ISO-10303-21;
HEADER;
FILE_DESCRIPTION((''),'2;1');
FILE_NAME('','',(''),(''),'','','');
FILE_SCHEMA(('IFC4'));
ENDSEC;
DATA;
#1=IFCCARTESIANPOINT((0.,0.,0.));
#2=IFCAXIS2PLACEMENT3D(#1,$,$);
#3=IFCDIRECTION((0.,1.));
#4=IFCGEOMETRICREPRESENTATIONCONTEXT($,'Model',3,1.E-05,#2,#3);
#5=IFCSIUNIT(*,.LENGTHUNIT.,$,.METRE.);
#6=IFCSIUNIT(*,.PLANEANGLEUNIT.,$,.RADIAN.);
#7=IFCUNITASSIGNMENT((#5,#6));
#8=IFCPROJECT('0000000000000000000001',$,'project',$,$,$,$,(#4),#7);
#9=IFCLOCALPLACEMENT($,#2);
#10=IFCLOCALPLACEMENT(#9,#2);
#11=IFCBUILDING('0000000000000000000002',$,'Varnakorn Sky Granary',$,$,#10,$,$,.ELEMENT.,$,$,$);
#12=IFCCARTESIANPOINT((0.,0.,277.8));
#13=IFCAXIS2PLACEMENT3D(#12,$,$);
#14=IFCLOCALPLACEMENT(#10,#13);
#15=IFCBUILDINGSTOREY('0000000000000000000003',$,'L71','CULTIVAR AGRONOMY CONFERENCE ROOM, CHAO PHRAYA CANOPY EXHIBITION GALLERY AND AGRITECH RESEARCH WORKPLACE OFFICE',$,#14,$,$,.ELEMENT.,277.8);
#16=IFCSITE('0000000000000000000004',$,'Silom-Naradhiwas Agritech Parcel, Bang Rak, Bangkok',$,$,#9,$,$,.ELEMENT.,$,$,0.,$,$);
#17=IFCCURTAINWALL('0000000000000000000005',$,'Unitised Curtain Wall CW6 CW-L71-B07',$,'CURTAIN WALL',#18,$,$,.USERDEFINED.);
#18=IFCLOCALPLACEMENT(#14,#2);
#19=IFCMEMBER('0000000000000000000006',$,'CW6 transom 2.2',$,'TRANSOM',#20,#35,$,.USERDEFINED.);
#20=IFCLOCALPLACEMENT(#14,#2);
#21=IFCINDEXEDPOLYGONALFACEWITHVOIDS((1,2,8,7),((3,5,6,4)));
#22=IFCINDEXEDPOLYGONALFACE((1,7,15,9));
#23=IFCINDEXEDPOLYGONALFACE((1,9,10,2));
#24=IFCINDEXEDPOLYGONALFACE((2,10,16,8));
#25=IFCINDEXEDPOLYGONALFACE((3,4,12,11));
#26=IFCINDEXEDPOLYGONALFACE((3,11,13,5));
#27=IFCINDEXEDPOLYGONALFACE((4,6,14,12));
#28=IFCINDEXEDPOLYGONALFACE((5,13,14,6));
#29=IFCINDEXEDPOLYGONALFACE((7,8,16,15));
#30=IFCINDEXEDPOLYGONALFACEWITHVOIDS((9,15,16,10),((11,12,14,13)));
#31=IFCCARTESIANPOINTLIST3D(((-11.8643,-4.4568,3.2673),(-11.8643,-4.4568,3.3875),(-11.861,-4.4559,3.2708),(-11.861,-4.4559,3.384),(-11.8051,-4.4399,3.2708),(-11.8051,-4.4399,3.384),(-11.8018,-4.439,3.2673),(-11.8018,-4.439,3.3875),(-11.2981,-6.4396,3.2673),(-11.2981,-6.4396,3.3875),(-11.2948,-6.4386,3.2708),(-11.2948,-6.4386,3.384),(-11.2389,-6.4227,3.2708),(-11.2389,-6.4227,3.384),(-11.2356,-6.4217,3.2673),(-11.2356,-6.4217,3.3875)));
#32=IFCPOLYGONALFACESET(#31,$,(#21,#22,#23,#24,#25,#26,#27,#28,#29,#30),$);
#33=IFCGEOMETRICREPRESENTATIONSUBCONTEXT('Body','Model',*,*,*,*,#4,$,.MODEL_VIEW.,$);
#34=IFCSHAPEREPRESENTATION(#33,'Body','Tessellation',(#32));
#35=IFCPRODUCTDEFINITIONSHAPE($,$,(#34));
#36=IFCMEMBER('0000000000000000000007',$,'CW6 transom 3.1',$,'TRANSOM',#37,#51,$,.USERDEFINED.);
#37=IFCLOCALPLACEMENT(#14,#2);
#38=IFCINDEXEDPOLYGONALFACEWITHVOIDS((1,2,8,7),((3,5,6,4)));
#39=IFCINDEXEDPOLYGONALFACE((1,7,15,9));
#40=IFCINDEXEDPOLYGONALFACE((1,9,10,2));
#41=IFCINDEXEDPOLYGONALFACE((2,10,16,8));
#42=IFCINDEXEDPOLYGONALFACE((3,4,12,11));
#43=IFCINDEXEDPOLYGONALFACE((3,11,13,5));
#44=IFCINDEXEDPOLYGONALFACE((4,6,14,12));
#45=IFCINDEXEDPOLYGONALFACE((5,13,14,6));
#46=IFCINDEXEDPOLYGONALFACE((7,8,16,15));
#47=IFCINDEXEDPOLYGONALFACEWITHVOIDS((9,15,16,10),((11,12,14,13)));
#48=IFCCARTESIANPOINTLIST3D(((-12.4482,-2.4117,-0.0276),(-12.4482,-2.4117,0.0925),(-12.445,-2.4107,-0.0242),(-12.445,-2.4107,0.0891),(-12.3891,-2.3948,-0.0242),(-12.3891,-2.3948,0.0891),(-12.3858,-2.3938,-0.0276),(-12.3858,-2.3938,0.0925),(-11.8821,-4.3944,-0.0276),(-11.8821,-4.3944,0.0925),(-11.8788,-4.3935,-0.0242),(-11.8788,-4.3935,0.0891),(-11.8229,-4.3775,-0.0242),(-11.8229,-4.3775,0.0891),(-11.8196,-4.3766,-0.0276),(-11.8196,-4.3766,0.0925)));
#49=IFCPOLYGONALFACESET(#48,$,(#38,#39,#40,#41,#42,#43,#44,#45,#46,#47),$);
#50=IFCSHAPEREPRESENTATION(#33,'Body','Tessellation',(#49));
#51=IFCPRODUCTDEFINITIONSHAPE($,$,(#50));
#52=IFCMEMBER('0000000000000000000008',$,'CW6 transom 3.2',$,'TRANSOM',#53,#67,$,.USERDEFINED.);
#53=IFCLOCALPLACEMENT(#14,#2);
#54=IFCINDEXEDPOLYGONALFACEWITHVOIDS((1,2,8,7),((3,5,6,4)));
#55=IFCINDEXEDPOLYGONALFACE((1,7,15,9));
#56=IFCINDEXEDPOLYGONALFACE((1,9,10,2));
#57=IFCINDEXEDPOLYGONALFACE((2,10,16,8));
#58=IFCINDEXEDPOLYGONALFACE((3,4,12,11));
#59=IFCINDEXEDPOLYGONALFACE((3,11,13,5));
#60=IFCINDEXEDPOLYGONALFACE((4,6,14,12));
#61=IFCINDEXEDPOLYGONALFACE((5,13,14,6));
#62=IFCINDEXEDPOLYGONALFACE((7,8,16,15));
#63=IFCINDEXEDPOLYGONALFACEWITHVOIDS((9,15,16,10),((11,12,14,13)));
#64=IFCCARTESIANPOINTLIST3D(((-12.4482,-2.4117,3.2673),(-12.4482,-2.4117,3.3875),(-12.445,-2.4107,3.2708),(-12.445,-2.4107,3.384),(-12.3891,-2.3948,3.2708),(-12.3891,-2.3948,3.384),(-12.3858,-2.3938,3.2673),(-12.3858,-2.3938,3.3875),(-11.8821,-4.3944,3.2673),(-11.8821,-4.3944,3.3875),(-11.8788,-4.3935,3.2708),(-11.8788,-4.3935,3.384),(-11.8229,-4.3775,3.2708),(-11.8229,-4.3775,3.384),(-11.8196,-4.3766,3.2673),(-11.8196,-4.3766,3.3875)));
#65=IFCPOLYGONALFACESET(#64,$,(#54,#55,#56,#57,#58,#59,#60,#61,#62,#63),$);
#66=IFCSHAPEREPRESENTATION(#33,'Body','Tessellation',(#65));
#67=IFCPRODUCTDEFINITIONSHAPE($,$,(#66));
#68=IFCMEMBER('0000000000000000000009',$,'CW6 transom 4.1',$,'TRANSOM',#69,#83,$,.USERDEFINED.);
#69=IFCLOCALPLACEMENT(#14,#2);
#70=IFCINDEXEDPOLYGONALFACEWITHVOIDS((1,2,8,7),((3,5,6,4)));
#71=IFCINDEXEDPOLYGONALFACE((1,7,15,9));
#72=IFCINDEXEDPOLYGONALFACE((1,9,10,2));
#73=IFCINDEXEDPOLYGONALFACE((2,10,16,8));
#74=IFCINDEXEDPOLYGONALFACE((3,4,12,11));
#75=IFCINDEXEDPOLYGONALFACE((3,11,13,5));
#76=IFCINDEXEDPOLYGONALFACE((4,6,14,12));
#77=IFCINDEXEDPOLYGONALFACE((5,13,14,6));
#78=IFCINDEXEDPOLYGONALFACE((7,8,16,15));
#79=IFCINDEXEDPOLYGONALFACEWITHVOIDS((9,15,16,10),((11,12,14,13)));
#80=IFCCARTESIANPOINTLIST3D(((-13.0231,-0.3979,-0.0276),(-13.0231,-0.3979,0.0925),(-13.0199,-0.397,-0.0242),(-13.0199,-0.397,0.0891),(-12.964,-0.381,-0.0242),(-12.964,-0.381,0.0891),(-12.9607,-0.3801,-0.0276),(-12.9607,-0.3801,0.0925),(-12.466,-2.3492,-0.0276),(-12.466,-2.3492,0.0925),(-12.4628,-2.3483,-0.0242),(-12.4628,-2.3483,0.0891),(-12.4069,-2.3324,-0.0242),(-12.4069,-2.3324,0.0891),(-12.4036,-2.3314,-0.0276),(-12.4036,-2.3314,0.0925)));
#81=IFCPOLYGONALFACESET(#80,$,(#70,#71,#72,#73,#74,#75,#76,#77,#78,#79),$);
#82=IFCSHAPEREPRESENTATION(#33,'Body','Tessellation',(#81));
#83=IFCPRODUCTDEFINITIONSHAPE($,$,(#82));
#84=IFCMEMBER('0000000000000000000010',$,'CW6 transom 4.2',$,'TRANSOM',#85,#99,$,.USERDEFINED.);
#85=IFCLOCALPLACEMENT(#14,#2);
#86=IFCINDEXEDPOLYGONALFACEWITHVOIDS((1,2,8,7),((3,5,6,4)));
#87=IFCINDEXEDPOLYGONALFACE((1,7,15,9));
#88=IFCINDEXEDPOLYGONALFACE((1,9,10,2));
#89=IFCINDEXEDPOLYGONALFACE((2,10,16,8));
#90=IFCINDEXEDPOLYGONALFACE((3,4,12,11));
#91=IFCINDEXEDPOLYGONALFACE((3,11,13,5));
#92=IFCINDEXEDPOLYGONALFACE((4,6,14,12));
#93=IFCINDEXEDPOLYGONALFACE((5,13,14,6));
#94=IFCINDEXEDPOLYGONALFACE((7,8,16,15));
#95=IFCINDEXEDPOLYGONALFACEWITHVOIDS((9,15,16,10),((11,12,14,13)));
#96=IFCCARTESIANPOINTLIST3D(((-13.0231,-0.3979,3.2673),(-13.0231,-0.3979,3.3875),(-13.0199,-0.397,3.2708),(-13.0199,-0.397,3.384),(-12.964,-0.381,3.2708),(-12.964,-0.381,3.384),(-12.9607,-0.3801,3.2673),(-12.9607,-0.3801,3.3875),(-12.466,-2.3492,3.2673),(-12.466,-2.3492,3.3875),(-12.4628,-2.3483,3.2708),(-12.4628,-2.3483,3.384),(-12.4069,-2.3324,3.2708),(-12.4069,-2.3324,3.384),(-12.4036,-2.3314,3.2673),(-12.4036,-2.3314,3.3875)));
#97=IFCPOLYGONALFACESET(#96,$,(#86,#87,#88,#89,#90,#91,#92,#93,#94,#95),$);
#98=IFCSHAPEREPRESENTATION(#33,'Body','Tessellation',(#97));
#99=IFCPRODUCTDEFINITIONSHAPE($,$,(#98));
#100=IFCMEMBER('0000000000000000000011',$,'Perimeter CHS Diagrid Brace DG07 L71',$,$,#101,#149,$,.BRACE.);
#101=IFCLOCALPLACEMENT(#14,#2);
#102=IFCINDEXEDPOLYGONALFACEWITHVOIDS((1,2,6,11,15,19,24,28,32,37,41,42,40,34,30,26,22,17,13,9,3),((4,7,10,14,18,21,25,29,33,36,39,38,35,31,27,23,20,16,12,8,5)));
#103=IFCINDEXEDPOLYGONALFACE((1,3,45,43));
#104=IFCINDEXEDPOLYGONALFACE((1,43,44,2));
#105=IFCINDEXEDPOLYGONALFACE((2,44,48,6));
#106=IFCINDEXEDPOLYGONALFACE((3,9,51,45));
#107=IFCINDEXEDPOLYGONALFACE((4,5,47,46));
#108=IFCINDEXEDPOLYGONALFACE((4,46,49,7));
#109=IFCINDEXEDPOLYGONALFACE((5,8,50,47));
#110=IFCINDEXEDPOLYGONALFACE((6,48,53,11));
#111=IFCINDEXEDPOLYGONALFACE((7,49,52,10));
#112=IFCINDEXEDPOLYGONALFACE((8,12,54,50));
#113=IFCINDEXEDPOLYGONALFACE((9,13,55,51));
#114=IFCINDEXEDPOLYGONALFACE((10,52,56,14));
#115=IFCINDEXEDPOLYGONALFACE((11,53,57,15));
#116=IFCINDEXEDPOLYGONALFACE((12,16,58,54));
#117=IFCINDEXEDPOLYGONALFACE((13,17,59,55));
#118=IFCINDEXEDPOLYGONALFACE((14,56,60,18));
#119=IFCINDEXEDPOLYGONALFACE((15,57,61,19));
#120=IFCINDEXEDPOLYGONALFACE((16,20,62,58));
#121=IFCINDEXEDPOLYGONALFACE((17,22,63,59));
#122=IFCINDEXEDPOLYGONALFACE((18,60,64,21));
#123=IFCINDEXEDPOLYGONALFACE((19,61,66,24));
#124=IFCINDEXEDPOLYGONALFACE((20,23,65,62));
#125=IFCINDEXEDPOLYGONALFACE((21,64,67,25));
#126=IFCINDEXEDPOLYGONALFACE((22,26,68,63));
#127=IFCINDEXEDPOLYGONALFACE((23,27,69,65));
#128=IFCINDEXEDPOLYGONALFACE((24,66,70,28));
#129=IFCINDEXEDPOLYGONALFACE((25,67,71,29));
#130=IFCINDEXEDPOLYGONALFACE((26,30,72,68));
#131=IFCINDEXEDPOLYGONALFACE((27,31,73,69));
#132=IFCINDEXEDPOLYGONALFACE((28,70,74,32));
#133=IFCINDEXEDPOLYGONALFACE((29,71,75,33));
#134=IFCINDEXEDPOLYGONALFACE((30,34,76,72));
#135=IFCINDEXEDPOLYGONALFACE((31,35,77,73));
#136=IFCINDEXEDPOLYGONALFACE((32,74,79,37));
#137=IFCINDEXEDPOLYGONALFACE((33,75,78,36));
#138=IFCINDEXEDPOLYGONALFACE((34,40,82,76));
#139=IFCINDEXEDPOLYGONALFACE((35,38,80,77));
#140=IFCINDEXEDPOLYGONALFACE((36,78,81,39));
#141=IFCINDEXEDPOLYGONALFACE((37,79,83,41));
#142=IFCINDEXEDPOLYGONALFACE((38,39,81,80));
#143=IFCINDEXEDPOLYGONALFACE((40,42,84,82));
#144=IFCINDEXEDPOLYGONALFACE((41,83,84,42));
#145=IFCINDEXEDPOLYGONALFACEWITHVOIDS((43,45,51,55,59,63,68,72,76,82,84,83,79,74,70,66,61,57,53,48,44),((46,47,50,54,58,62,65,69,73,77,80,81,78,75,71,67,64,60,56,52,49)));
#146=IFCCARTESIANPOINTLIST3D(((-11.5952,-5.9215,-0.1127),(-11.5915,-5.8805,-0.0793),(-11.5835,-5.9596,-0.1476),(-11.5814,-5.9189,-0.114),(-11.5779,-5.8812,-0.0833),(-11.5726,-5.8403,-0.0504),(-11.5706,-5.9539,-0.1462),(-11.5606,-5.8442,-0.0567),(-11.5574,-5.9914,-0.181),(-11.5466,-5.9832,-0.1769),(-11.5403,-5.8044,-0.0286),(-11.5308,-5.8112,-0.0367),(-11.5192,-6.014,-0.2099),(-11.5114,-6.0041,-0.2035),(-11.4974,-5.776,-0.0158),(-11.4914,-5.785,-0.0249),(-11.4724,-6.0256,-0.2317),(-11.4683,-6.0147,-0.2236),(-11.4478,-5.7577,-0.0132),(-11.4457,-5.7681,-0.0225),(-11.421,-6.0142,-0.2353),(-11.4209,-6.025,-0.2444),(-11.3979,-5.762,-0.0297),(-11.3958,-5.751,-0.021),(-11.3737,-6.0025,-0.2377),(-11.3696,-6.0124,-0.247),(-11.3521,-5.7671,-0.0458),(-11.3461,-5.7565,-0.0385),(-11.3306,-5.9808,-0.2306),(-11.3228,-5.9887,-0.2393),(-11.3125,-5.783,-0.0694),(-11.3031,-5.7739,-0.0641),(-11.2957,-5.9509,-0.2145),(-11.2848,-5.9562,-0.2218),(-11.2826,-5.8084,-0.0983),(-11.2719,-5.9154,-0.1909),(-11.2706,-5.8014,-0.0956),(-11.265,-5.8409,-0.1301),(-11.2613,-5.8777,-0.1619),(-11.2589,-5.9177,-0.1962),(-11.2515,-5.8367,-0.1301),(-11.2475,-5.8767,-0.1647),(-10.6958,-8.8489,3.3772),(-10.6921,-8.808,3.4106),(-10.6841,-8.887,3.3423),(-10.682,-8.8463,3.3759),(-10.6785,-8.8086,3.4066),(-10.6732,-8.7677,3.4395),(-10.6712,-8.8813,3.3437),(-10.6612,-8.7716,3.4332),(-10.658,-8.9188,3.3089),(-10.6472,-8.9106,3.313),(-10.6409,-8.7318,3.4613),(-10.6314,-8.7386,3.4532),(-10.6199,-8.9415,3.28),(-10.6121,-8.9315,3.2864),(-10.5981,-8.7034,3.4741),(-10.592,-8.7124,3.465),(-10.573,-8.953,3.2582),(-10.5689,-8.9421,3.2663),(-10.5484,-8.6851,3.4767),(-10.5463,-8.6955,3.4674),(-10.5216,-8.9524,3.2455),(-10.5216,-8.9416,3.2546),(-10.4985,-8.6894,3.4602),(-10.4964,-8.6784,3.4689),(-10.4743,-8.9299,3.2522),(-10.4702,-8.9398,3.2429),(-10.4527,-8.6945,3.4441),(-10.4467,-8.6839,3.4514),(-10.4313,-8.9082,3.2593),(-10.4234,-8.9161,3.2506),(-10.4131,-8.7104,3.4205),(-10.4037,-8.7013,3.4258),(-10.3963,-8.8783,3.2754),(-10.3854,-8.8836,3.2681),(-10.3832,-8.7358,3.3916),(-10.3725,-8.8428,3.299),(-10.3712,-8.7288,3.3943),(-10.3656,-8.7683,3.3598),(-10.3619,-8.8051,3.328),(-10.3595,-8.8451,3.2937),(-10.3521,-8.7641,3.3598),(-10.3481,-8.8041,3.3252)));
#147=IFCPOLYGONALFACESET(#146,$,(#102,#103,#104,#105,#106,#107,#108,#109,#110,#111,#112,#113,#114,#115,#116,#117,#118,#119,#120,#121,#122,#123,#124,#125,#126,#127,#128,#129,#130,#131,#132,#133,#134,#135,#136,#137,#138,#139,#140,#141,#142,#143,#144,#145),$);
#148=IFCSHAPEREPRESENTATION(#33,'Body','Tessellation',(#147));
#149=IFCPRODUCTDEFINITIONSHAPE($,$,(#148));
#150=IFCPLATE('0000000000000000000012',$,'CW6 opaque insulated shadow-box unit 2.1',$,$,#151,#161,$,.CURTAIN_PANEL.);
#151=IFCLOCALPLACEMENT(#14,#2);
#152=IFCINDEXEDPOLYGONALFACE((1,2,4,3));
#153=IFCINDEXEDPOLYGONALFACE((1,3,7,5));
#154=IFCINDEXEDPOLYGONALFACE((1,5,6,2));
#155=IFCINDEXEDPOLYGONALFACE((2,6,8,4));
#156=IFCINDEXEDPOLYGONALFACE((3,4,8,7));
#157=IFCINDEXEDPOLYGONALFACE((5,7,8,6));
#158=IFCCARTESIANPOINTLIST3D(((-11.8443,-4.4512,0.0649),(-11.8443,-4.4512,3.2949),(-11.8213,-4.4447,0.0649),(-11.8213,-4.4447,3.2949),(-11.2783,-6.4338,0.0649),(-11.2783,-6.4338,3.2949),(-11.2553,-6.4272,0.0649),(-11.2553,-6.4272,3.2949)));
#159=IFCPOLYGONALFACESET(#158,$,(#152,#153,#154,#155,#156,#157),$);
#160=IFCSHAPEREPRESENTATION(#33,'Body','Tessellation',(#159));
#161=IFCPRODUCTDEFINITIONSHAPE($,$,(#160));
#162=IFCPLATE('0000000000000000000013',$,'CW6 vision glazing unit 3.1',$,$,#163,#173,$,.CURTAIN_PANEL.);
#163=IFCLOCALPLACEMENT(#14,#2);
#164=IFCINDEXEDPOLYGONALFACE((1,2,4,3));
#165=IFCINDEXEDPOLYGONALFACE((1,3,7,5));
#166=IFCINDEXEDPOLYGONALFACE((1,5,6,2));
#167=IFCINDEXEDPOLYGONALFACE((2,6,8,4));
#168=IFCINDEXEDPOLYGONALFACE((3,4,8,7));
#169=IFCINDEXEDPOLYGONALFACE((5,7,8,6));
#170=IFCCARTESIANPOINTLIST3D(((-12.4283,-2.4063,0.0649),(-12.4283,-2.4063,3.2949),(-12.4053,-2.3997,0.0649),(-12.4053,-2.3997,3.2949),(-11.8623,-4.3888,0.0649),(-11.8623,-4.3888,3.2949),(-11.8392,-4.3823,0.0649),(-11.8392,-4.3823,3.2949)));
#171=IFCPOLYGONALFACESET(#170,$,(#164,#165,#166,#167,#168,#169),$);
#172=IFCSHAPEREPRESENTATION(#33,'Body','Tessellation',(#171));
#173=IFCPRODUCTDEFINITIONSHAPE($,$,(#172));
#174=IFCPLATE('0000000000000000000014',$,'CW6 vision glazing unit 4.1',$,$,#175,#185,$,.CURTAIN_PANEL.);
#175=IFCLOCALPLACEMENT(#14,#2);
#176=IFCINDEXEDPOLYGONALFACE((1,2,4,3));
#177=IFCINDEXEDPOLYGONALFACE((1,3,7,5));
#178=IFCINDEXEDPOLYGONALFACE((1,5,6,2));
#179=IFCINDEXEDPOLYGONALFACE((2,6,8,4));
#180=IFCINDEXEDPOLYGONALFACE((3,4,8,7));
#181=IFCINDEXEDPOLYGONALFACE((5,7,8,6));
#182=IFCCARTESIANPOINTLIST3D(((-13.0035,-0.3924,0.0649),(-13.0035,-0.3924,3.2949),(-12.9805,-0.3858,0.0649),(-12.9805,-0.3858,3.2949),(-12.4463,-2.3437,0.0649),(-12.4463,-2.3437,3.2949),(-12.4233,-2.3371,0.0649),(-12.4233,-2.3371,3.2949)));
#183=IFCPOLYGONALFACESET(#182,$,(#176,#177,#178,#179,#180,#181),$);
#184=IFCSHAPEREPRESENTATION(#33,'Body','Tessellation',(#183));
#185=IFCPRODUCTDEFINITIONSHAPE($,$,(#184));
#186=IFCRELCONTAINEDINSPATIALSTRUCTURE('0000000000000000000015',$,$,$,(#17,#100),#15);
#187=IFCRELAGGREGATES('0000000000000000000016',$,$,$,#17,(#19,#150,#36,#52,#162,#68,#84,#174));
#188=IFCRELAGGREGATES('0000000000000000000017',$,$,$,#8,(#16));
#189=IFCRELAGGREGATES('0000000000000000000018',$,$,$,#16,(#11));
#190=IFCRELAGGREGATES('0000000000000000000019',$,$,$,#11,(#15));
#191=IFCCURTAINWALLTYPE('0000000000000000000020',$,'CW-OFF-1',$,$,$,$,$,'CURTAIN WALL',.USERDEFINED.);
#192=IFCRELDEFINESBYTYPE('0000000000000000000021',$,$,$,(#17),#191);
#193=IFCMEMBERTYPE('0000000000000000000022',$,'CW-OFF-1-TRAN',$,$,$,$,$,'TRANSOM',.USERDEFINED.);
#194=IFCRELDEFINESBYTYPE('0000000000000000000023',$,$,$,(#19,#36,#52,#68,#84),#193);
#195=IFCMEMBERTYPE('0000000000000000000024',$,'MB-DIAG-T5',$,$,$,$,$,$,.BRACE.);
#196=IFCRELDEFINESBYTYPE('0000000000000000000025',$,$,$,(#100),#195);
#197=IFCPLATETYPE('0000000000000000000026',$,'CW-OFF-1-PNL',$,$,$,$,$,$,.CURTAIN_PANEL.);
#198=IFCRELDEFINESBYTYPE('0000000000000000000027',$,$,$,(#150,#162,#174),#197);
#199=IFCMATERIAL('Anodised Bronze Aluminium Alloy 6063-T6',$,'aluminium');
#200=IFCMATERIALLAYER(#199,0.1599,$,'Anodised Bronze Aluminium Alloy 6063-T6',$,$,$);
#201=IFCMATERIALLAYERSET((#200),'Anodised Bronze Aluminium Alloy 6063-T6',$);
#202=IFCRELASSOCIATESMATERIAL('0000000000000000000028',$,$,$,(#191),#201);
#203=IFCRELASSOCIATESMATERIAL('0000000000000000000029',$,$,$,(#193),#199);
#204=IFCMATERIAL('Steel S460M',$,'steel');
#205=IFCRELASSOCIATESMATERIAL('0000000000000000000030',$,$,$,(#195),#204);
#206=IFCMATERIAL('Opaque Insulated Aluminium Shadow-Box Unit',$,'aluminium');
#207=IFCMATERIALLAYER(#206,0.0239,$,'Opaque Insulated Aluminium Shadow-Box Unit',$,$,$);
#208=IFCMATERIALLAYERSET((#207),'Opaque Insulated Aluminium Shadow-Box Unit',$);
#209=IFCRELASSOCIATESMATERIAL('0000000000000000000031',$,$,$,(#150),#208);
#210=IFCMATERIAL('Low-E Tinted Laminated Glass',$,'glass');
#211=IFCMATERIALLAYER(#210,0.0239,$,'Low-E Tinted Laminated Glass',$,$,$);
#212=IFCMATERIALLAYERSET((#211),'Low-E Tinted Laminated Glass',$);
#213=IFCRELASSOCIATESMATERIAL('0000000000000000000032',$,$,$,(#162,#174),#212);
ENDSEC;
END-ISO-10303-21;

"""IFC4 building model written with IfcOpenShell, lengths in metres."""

from ifc_helpers import new_model, si_unit, direction, frame, origin, origin_2d, place, context, subcontext, project, spatial, rectangle, hollow_rectangle, hollow_circle, extrude, source, transform, mapped, material, layer, layer_set, material_profile, profile_set, type_object, type_shapes, element, aggregate, save


model = new_model("IFC4")

# Units and contexts
model_context = context("Model", 3, precision=1e-05, world=origin(), true_north=direction((0.0, 1.0)))
body_context = subcontext(model_context, "Body", "Model", "MODEL_VIEW")
ifc_project = project(units=[si_unit("LENGTHUNIT", "METRE"), si_unit("PLANEANGLEUNIT", "RADIAN")], contexts=[model_context])

# Site, building, storey
site_placement = place(None, origin())
site = spatial("IfcSite", under=ifc_project, at=site_placement, Name="Silom-Naradhiwas Agritech Parcel, Bang Rak, Bangkok", CompositionType="ELEMENT", RefElevation=0.0)
building_placement = place(site_placement, origin())
building = spatial("IfcBuilding", under=site, at=building_placement, Name="Varnakorn Sky Granary", CompositionType="ELEMENT")
storey_placement = place(building_placement, frame((0.0, 0.0, 277.8)))
storey = spatial("IfcBuildingStorey", under=building, at=storey_placement, Name="L71", Description="CULTIVAR AGRONOMY CONFERENCE ROOM, CHAO PHRAYA CANOPY EXHIBITION GALLERY AND AGRITECH RESEARCH WORKPLACE OFFICE", CompositionType="ELEMENT", Elevation=277.8)

# Shared definitions
ifc_material_1 = material(Name="Steel S460M", Category="steel")

# Curtain wall, members
ifc_material_2 = material(Name="Anodised Bronze Aluminium Alloy 6063-T6", Category="aluminium")
ifc_layer_1 = layer(ifc_material_2, 0.1599, Name="Anodised Bronze Aluminium Alloy 6063-T6")
ifc_layer_set_1 = layer_set([ifc_layer_1], Name="Anodised Bronze Aluminium Alloy 6063-T6")
curtain_wall_type = type_object("IfcCurtainWallType", Name="CW-OFF-1", ElementType="CURTAIN WALL", PredefinedType="USERDEFINED", material=ifc_layer_set_1)
curtain_wall_placement = place(storey_placement, origin())
curtain_wall = element("IfcCurtainWall", 1, at=curtain_wall_placement, inside=storey, type_object=curtain_wall_type, Name="Unitised Curtain Wall CW6 CW-L71-B07", ObjectType="CURTAIN WALL", PredefinedType="USERDEFINED")
ifc_material_profile_1 = material_profile(ifc_material_2, hollow_rectangle(XDim=0.0649, YDim=0.1201, WallThickness=0.0034, at=origin_2d()), Name="ALU TRAN 65x120")
ifc_profile_set_1 = profile_set([ifc_material_profile_1], Name="Anodised Bronze Aluminium Alloy 6063-T6")
member_type_1 = type_object("IfcMemberType", Name="CW-OFF-1-TRAN", ElementType="TRANSOM", PredefinedType="USERDEFINED", material=ifc_profile_set_1)
member_1_placement = place(storey_placement, frame((-11.2668, -6.4307, 3.3274), z_axis=(-0.27458, 0.961564, 0.0), x_axis=(-0.961564, -0.27458, 0.0)))
member_1 = element("IfcMember", 2, at=member_1_placement, type_object=member_type_1, Name="CW6 transom 2.2", ObjectType="TRANSOM", PredefinedType="USERDEFINED", context=body_context, shape_type="SweptSolid", body=[
    extrude(hollow_rectangle(XDim=0.0649, YDim=0.1201, WallThickness=0.0034, at=origin_2d()), origin(), (0.0, 0.0, 1.0), 2.062),
])
member_2_placement = place(storey_placement, frame((-11.8508, -4.3855, 0.0325), z_axis=(-0.27458, 0.961564, 0.0), x_axis=(-0.961564, -0.27458, 0.0)))
member_2 = element("IfcMember", 3, at=member_2_placement, type_object=member_type_1, Name="CW6 transom 3.1", ObjectType="TRANSOM", PredefinedType="USERDEFINED", context=body_context, shape_type="SweptSolid", body=[
    extrude(hollow_rectangle(XDim=0.0649, YDim=0.1201, WallThickness=0.0034, at=origin_2d()), origin(), (0.0, 0.0, 1.0), 2.062),
])
member_3_placement = place(storey_placement, frame((-11.8508, -4.3855, 3.3274), z_axis=(-0.27458, 0.961564, 0.0), x_axis=(-0.961564, -0.27458, 0.0)))
member_3 = element("IfcMember", 4, at=member_3_placement, type_object=member_type_1, Name="CW6 transom 3.2", ObjectType="TRANSOM", PredefinedType="USERDEFINED", context=body_context, shape_type="SweptSolid", body=[
    extrude(hollow_rectangle(XDim=0.0649, YDim=0.1201, WallThickness=0.0034, at=origin_2d()), origin(), (0.0, 0.0, 1.0), 2.062),
])
member_4_placement = place(storey_placement, frame((-12.4348, -2.3403, 0.0325), z_axis=(-0.27453, 0.961578, 0.0), x_axis=(-0.961578, -0.27453, 0.0)))
member_4 = element("IfcMember", 5, at=member_4_placement, type_object=member_type_1, Name="CW6 transom 4.1", ObjectType="TRANSOM", PredefinedType="USERDEFINED", context=body_context, shape_type="SweptSolid", body=[
    extrude(hollow_rectangle(XDim=0.0649, YDim=0.1201, WallThickness=0.0034, at=origin_2d()), origin(), (0.0, 0.0, 1.0), 2.0293),
])
member_5_placement = place(storey_placement, frame((-12.4348, -2.3403, 3.3274), z_axis=(-0.27453, 0.961578, 0.0), x_axis=(-0.961578, -0.27453, 0.0)))
member_5 = element("IfcMember", 6, at=member_5_placement, type_object=member_type_1, Name="CW6 transom 4.2", ObjectType="TRANSOM", PredefinedType="USERDEFINED", context=body_context, shape_type="SweptSolid", body=[
    extrude(hollow_rectangle(XDim=0.0649, YDim=0.1201, WallThickness=0.0034, at=origin_2d()), origin(), (0.0, 0.0, 1.0), 2.0293),
])

# Member
ifc_material_profile_2 = material_profile(ifc_material_1, hollow_circle(Radius=0.1777, WallThickness=0.0142, at=origin_2d()), Name="CHS 355.6x14")
ifc_profile_set_2 = profile_set([ifc_material_profile_2], Name="Steel S460M")
member_type_2 = type_object("IfcMemberType", Name="MB-DIAG-T5", PredefinedType="BRACE", material=ifc_profile_set_2)
member_6_placement = place(storey_placement, frame((-11.4214, -5.8889, -0.1301), z_axis=(0.193706, -0.630492, 0.751637), x_axis=(0.955903, 0.293682, 0.0)))
element("IfcMember", 7, at=member_6_placement, inside=storey, type_object=member_type_2, Name="Perimeter CHS Diagrid Brace DG07 L71", PredefinedType="BRACE", context=body_context, shape_type="SweptSolid", body=[
    extrude(hollow_circle(Radius=0.1777, WallThickness=0.0142, at=origin_2d()), origin(), (0.0, 0.0, 1.0), 4.6431),
])

# Plates
ifc_material_3 = material(Name="Opaque Insulated Aluminium Shadow-Box Unit", Category="aluminium")
ifc_layer_2 = layer(ifc_material_3, 0.0239, Name="Opaque Insulated Aluminium Shadow-Box Unit")
ifc_layer_set_2 = layer_set([ifc_layer_2], Name="Opaque Insulated Aluminium Shadow-Box Unit")
plate_type = type_object("IfcPlateType", Name="CW-OFF-1-PNL", PredefinedType="CURTAIN_PANEL")
shared_shape_1 = source(origin(), body_context, "Body", "SweptSolid", [
    extrude(rectangle(XDim=2.0618, YDim=0.0239, at=origin_2d()), origin(), (0.0, 0.0, 1.0), 3.23),
])
plate_1_placement = place(storey_placement, frame((-11.5498, -5.4392, 0.0649), z_axis=(0.0, 0.0, 1.0), x_axis=(-0.27456, 0.96157, 0.0)))
plate_1 = element("IfcPlate", 8, at=plate_1_placement, type_object=plate_type, material=ifc_layer_set_2, Name="CW6 opaque insulated shadow-box unit 2.1", PredefinedType="CURTAIN_PANEL", context=body_context, shape_type="MappedRepresentation", body=[
    mapped(shared_shape_1, transform((0.0, 0.0, 0.0), x_axis=(1.0, 0.0, 0.0), y_axis=(0.0, 1.0, 0.0), z_axis=(0.0, 0.0, 1.0), scale=1.0)),
])
ifc_material_4 = material(Name="Low-E Tinted Laminated Glass", Category="glass")
ifc_layer_3 = layer(ifc_material_4, 0.0239, Name="Low-E Tinted Laminated Glass")
ifc_layer_set_3 = layer_set([ifc_layer_3], Name="Low-E Tinted Laminated Glass")
plate_2_placement = place(storey_placement, frame((-12.1338, -3.3943, 0.0649), z_axis=(0.0, 0.0, 1.0), x_axis=(-0.27456, 0.96157, 0.0)))
plate_2 = element("IfcPlate", 9, at=plate_2_placement, type_object=plate_type, material=ifc_layer_set_3, Name="CW6 vision glazing unit 3.1", PredefinedType="CURTAIN_PANEL", context=body_context, shape_type="MappedRepresentation", body=[
    mapped(shared_shape_1, transform((0.0, 0.0, 0.0), x_axis=(1.0, 0.0, 0.0), y_axis=(0.0, 1.0, 0.0), z_axis=(0.0, 0.0, 1.0), scale=1.0)),
])
shared_shape_2 = source(origin(), body_context, "Body", "SweptSolid", [
    extrude(rectangle(XDim=2.0293, YDim=0.0239, at=origin_2d()), origin(), (0.0, 0.0, 1.0), 3.23),
])
type_shapes(plate_type, [shared_shape_1, shared_shape_2])
plate_3_placement = place(storey_placement, frame((-12.7134, -1.3647, 0.0649), z_axis=(0.0, 0.0, 1.0), x_axis=(-0.27456, 0.96157, 0.0)))
plate_3 = element("IfcPlate", 10, at=plate_3_placement, type_object=plate_type, material=ifc_layer_set_3, Name="CW6 vision glazing unit 4.1", PredefinedType="CURTAIN_PANEL", context=body_context, shape_type="MappedRepresentation", body=[
    mapped(shared_shape_2, transform((0.0, 0.0, 0.0), x_axis=(1.0, 0.0, 0.0), y_axis=(0.0, 1.0, 0.0), z_axis=(0.0, 0.0, 1.0), scale=1.0)),
])
aggregate(curtain_wall, [member_1, plate_1, member_2, member_3, plate_2, member_4, member_5, plate_3])

save(model, "model.ifc")
